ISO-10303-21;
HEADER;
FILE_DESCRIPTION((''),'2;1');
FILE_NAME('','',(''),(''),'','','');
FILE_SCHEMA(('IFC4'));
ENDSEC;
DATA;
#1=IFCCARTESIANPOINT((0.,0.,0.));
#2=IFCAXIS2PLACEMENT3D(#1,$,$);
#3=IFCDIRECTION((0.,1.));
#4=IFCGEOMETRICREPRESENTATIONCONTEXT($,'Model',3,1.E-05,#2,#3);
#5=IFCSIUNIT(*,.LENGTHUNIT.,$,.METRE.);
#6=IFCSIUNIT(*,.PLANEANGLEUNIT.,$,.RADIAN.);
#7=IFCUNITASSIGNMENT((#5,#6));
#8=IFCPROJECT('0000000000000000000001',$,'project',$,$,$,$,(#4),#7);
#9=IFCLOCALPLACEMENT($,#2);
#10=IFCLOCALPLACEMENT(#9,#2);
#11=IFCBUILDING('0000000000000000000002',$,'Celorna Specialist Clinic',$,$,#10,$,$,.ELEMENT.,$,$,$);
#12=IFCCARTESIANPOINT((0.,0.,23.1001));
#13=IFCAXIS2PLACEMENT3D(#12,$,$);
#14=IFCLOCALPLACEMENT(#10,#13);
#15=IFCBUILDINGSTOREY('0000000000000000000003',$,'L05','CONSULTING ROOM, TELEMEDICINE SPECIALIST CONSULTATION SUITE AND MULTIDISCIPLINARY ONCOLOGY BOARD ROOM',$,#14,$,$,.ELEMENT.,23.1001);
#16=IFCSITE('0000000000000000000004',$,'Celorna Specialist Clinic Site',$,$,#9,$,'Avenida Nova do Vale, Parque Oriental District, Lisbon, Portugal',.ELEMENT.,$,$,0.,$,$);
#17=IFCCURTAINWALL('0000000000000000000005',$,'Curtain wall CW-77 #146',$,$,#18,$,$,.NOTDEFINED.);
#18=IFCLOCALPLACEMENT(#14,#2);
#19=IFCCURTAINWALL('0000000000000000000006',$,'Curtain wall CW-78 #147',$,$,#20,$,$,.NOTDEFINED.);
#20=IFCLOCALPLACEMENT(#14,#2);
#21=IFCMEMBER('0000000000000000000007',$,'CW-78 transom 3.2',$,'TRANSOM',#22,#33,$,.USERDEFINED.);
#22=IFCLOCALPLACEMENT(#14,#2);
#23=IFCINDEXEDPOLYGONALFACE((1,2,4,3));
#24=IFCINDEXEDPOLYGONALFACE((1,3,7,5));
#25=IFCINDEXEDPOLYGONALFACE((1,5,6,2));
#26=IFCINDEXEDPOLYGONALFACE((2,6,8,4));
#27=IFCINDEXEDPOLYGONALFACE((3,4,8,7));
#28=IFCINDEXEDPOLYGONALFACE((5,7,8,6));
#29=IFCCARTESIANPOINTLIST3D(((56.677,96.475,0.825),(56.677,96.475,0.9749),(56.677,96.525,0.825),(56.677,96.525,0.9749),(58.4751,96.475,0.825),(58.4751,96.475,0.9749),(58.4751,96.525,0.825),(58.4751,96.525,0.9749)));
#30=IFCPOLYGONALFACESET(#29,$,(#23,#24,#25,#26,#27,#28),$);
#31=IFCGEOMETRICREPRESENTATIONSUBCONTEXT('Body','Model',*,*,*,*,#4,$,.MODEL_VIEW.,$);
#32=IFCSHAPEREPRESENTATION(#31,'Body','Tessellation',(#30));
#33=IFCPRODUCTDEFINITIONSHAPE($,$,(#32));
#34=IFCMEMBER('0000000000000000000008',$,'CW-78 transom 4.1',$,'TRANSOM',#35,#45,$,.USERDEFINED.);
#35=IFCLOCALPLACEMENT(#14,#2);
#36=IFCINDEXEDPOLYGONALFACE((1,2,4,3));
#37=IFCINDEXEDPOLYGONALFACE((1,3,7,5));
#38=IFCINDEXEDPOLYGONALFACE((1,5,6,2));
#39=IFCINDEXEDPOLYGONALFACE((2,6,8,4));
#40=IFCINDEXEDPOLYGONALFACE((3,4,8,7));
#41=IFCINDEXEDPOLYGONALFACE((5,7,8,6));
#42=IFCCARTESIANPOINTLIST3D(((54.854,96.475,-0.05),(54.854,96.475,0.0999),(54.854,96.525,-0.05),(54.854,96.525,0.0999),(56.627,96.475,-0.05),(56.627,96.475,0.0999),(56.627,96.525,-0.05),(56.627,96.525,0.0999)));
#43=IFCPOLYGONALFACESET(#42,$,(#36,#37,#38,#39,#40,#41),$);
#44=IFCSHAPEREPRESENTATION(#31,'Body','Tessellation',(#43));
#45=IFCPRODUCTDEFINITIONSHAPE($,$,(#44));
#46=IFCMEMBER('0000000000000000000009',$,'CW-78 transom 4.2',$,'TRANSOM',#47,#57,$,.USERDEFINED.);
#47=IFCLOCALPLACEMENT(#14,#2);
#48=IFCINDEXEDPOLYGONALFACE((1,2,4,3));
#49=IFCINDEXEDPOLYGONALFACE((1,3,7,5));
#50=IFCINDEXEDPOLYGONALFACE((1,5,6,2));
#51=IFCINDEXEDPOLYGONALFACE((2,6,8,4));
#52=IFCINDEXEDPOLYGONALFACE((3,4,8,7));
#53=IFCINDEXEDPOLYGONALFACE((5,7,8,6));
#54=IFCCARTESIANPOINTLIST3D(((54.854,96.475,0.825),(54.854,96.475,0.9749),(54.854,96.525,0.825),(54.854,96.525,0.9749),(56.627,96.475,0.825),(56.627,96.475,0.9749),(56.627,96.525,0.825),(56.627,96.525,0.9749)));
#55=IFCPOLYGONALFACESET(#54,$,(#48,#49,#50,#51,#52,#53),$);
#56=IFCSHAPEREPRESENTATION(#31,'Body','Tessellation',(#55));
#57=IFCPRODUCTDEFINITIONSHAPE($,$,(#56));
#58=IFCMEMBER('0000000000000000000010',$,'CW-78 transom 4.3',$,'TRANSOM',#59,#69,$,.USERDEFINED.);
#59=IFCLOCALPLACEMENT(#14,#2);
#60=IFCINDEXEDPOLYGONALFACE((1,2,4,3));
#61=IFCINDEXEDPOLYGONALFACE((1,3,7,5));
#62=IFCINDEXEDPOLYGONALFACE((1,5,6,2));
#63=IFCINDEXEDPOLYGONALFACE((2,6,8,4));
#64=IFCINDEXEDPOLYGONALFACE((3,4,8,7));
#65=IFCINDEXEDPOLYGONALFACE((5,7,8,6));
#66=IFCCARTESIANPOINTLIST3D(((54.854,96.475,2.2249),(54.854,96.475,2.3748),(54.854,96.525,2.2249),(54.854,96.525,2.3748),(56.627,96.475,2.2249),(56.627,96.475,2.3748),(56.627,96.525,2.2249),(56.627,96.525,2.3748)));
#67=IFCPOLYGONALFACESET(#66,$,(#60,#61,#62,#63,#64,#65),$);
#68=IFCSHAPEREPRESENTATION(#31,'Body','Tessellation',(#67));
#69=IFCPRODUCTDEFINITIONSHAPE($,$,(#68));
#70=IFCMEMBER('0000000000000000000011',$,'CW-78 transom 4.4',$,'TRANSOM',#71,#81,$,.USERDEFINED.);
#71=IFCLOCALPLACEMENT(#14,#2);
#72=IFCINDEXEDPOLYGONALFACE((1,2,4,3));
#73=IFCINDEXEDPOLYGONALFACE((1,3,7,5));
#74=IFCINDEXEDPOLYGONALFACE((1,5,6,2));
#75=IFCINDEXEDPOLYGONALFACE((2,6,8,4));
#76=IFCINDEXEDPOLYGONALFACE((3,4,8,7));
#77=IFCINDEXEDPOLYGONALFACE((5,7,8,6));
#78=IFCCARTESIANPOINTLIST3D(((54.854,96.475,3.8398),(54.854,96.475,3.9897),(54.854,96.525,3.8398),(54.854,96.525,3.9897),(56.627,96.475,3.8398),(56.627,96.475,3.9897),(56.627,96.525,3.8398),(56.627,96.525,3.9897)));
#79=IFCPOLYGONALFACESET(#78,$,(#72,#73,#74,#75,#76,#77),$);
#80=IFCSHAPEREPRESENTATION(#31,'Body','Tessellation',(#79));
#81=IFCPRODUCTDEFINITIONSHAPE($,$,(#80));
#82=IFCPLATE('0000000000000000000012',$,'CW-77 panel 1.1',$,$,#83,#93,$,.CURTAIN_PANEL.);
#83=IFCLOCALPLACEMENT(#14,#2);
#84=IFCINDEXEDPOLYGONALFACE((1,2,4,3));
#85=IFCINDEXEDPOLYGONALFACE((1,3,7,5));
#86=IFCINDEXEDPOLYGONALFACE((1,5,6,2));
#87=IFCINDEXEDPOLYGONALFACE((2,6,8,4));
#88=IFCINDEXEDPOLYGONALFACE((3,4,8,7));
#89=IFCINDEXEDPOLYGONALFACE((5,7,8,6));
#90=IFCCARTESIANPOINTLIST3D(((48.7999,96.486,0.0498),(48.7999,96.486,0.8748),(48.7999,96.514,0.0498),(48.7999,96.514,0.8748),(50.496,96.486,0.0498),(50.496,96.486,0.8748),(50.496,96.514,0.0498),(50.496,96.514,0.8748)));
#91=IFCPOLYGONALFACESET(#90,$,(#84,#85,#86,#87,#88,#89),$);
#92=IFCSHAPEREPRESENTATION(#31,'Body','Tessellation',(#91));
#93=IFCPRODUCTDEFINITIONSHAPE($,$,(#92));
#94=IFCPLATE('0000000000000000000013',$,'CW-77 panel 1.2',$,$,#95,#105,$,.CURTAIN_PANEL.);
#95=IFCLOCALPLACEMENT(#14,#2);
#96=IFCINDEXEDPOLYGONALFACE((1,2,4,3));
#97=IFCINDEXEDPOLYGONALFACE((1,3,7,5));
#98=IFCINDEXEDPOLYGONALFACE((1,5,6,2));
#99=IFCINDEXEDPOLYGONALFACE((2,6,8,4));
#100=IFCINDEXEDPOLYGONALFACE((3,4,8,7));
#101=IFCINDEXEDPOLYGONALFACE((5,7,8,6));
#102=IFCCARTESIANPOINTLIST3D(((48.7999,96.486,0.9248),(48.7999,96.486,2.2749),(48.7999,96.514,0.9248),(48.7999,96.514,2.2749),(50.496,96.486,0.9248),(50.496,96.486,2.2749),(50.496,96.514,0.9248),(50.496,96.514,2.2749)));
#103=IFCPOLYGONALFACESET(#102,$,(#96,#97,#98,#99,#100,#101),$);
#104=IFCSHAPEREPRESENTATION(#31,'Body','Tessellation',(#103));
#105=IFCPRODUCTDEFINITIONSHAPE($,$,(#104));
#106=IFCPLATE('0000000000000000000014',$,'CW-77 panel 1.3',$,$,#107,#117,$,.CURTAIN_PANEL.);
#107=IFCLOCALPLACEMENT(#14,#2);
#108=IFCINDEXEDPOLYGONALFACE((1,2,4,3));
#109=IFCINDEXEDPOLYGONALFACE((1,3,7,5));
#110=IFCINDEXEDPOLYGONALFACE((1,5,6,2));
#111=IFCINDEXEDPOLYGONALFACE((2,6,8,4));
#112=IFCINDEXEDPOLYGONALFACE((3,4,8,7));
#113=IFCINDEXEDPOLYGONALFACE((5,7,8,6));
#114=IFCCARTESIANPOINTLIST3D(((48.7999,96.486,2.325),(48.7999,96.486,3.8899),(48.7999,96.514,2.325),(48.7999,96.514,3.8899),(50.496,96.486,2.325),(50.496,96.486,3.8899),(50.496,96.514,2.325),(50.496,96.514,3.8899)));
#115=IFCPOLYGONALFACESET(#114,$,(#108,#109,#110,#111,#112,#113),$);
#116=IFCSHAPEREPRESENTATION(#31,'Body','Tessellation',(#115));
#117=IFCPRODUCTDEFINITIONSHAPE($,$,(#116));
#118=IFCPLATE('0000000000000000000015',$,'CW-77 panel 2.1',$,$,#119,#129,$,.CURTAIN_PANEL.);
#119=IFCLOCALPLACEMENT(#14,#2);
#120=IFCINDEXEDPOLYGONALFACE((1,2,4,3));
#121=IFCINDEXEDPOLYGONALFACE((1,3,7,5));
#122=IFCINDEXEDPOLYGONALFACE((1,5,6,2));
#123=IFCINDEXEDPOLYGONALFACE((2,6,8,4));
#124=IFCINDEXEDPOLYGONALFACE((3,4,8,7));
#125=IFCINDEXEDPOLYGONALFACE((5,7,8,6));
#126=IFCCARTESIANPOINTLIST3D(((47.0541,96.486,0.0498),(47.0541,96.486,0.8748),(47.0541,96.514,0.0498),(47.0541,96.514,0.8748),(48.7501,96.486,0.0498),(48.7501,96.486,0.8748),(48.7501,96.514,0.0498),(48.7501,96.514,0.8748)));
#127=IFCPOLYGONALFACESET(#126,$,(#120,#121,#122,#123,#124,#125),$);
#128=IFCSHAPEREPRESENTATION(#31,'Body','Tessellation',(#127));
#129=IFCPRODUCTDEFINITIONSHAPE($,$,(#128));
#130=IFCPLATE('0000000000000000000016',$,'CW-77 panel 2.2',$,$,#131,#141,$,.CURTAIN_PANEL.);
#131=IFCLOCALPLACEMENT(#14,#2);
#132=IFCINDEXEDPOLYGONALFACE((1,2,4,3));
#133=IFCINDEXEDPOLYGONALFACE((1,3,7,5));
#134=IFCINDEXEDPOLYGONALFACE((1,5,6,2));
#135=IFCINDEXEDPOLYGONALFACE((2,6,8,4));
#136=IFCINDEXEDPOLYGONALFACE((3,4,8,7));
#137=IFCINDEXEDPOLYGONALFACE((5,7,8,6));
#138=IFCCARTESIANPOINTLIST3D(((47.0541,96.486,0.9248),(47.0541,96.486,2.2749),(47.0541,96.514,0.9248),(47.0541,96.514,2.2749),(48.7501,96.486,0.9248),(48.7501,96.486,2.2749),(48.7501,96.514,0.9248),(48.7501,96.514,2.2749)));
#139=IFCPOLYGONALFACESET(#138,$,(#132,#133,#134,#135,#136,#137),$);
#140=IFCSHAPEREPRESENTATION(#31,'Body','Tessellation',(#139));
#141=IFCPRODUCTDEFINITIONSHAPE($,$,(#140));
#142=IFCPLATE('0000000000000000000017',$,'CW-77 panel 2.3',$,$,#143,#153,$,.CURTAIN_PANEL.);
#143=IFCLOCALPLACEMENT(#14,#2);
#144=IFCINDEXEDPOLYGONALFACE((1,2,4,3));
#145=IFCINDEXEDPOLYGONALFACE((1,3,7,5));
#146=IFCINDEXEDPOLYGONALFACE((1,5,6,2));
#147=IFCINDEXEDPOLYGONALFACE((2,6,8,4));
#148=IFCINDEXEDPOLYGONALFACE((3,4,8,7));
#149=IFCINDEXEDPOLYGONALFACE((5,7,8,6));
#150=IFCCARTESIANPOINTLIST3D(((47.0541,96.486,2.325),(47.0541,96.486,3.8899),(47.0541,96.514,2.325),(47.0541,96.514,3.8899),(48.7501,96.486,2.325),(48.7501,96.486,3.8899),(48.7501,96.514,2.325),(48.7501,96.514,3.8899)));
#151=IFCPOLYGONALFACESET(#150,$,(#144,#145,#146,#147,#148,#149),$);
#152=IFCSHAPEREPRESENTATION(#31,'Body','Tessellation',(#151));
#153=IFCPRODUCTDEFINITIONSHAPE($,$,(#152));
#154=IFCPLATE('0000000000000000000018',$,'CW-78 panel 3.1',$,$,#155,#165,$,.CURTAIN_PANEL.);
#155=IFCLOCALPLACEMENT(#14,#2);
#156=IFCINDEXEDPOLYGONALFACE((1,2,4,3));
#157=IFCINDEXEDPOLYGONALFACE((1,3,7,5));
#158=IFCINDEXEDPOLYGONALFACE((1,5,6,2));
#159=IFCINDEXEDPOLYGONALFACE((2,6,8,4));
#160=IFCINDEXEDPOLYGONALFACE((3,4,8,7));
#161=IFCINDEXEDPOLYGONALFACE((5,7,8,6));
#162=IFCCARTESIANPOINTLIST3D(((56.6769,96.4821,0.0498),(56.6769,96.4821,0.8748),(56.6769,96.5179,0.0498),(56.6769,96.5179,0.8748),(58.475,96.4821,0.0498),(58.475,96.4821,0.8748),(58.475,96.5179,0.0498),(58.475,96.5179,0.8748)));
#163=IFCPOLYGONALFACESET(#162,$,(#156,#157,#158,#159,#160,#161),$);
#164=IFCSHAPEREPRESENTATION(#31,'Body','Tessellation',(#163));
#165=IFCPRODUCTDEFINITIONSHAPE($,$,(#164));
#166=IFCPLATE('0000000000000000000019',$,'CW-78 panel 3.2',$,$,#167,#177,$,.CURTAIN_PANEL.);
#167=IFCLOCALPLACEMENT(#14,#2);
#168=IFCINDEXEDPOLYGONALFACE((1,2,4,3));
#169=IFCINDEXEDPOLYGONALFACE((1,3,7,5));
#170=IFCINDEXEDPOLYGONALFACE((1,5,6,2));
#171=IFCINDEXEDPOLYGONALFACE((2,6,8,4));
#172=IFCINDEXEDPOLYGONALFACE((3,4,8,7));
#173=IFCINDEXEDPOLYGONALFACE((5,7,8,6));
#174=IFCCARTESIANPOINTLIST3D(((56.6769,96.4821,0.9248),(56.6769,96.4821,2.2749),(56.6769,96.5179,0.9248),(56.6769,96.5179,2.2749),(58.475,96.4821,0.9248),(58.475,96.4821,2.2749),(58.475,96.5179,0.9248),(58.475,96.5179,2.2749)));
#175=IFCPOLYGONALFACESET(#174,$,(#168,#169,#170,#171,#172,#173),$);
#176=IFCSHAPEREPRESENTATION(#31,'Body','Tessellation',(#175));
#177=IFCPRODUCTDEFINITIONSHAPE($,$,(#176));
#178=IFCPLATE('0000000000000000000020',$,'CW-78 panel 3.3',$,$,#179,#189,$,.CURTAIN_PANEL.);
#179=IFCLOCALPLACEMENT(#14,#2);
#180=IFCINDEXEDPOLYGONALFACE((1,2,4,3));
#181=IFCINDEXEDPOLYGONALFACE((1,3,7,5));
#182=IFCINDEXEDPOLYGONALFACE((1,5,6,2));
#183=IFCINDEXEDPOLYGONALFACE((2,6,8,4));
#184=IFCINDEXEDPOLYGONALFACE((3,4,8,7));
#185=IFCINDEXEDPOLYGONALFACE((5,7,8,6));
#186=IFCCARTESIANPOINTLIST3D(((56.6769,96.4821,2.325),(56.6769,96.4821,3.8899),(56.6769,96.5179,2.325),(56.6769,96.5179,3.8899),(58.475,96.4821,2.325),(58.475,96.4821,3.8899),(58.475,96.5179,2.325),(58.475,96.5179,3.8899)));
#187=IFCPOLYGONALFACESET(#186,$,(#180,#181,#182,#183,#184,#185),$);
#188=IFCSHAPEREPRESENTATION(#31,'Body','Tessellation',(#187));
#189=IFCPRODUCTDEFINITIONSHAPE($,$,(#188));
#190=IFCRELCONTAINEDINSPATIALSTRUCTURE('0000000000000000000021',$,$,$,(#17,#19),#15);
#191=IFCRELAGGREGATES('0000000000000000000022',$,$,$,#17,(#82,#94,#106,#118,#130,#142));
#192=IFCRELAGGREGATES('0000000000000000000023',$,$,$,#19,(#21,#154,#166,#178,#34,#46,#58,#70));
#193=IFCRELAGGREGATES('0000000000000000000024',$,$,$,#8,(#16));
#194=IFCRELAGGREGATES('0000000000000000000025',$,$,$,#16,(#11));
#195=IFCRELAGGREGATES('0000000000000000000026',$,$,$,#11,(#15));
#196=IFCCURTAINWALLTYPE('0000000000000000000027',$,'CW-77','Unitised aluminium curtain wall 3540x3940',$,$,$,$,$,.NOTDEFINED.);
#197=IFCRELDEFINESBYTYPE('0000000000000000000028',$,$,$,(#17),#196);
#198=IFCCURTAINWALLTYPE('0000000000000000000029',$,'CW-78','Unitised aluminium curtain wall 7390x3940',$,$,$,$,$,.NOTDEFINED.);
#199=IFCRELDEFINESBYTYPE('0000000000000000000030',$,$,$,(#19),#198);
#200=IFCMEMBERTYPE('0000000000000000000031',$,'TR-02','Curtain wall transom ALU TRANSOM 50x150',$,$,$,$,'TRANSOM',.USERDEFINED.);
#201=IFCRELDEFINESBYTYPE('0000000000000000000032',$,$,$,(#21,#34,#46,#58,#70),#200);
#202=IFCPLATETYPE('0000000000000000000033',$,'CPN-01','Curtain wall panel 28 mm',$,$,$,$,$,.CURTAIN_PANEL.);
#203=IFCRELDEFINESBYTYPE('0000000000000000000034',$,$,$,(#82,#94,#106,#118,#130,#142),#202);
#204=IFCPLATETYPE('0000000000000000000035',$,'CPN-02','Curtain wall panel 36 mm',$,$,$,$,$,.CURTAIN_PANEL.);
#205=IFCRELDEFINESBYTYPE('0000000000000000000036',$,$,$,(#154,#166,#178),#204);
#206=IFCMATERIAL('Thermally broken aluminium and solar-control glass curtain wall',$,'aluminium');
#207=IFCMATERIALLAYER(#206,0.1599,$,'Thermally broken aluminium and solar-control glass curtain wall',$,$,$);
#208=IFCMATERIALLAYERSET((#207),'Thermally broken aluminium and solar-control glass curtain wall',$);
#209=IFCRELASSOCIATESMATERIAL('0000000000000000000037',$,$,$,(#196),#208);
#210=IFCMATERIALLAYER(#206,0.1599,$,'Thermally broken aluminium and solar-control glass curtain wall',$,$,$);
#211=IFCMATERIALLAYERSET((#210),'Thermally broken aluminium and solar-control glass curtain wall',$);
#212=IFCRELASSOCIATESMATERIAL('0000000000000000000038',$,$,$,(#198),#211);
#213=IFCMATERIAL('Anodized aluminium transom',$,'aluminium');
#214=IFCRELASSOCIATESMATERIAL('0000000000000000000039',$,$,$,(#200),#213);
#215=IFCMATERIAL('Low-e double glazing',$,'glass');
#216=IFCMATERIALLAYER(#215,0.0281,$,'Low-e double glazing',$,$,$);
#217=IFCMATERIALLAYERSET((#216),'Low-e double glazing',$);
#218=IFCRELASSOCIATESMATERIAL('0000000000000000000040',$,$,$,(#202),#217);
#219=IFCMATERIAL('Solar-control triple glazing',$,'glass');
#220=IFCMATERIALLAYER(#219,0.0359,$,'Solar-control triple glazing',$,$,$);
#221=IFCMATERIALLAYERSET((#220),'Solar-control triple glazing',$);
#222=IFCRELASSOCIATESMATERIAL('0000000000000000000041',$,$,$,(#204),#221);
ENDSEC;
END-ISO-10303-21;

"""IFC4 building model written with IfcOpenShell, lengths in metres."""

from ifc_helpers import new_model, si_unit, direction, frame, origin, origin_2d, place, context, subcontext, project, spatial, rectangle, extrude, material, layer, layer_set, material_profile, profile_set, type_object, element, aggregate, save


model = new_model("IFC4")

# Units and contexts
model_context = context("Model", 3, precision=1e-05, world=origin(), true_north=direction((0.0, 1.0)))
body_context = subcontext(model_context, "Body", "Model", "MODEL_VIEW")
ifc_project = project(units=[si_unit("LENGTHUNIT", "METRE"), si_unit("PLANEANGLEUNIT", "RADIAN")], contexts=[model_context])

# Site, building, storey
site_placement = place(None, origin())
site = spatial("IfcSite", under=ifc_project, at=site_placement, Name="Celorna Specialist Clinic Site", LongName="Avenida Nova do Vale, Parque Oriental District, Lisbon, Portugal", CompositionType="ELEMENT", RefElevation=0.0)
building_placement = place(site_placement, origin())
building = spatial("IfcBuilding", under=site, at=building_placement, Name="Celorna Specialist Clinic", CompositionType="ELEMENT")
storey_placement = place(building_placement, frame((0.0, 0.0, 23.1001)))
storey = spatial("IfcBuildingStorey", under=building, at=storey_placement, Name="L05", Description="CONSULTING ROOM, TELEMEDICINE SPECIALIST CONSULTATION SUITE AND MULTIDISCIPLINARY ONCOLOGY BOARD ROOM", CompositionType="ELEMENT", Elevation=23.1001)

# Curtain walls
ifc_material_1 = material(Name="Thermally broken aluminium and solar-control glass curtain wall", Category="aluminium")
ifc_layer_1 = layer(ifc_material_1, 0.1599, Name="Thermally broken aluminium and solar-control glass curtain wall")
ifc_layer_set_1 = layer_set([ifc_layer_1], Name="Thermally broken aluminium and solar-control glass curtain wall")
curtain_wall_type_1 = type_object("IfcCurtainWallType", Name="CW-77", Description="Unitised aluminium curtain wall 3540x3940", PredefinedType="NOTDEFINED", material=ifc_layer_set_1)
curtain_wall_1_placement = place(storey_placement, origin())
curtain_wall_1 = element("IfcCurtainWall", 1, at=curtain_wall_1_placement, inside=storey, type_object=curtain_wall_type_1, Name="Curtain wall CW-77 #146", PredefinedType="NOTDEFINED")
ifc_layer_2 = layer(ifc_material_1, 0.1599, Name="Thermally broken aluminium and solar-control glass curtain wall")
ifc_layer_set_2 = layer_set([ifc_layer_2], Name="Thermally broken aluminium and solar-control glass curtain wall")
curtain_wall_type_2 = type_object("IfcCurtainWallType", Name="CW-78", Description="Unitised aluminium curtain wall 7390x3940", PredefinedType="NOTDEFINED", material=ifc_layer_set_2)
curtain_wall_2_placement = place(storey_placement, origin())
curtain_wall_2 = element("IfcCurtainWall", 2, at=curtain_wall_2_placement, inside=storey, type_object=curtain_wall_type_2, Name="Curtain wall CW-78 #147", PredefinedType="NOTDEFINED")

# Members
ifc_material_2 = material(Name="Anodized aluminium transom", Category="aluminium")
ifc_material_profile_1 = material_profile(ifc_material_2, rectangle(XDim=0.05, YDim=0.1499, at=origin_2d()), Name="ALU TRANSOM 50x150")
ifc_profile_set_1 = profile_set([ifc_material_profile_1], Name="Anodized aluminium transom")
member_type_1 = type_object("IfcMemberType", Name="TR-02", Description="Curtain wall transom ALU TRANSOM 50x150", ElementType="TRANSOM", PredefinedType="USERDEFINED", material=ifc_profile_set_1)
member_1_placement = place(storey_placement, frame((58.4751, 96.5, 0.8999), z_axis=(-1.0, 0.0, 0.0), x_axis=(0.0, -1.0, 0.0)))
member_1 = element("IfcMember", 3, at=member_1_placement, type_object=member_type_1, Name="CW-78 transom 3.2", ObjectType="TRANSOM", PredefinedType="USERDEFINED", context=body_context, shape_type="SweptSolid", body=[
    extrude(rectangle(XDim=0.05, YDim=0.1499, at=origin_2d()), origin(), (0.0, 0.0, 1.0), 1.7981),
])
member_2_placement = place(storey_placement, frame((56.627, 96.5, 0.0249), z_axis=(-1.0, 0.0, 0.0), x_axis=(0.0, -1.0, 0.0)))
member_2 = element("IfcMember", 4, at=member_2_placement, type_object=member_type_1, Name="CW-78 transom 4.1", ObjectType="TRANSOM", PredefinedType="USERDEFINED", context=body_context, shape_type="SweptSolid", body=[
    extrude(rectangle(XDim=0.05, YDim=0.1499, at=origin_2d()), origin(), (0.0, 0.0, 1.0), 1.7729),
])
member_3_placement = place(storey_placement, frame((56.627, 96.5, 0.8999), z_axis=(-1.0, 0.0, 0.0), x_axis=(0.0, -1.0, 0.0)))
member_3 = element("IfcMember", 5, at=member_3_placement, type_object=member_type_1, Name="CW-78 transom 4.2", ObjectType="TRANSOM", PredefinedType="USERDEFINED", context=body_context, shape_type="SweptSolid", body=[
    extrude(rectangle(XDim=0.05, YDim=0.1499, at=origin_2d()), origin(), (0.0, 0.0, 1.0), 1.7729),
])
member_4_placement = place(storey_placement, frame((56.627, 96.5, 2.2998), z_axis=(-1.0, 0.0, 0.0), x_axis=(0.0, -1.0, 0.0)))
member_4 = element("IfcMember", 6, at=member_4_placement, type_object=member_type_1, Name="CW-78 transom 4.3", ObjectType="TRANSOM", PredefinedType="USERDEFINED", context=body_context, shape_type="SweptSolid", body=[
    extrude(rectangle(XDim=0.05, YDim=0.1499, at=origin_2d()), origin(), (0.0, 0.0, 1.0), 1.7729),
])
member_5_placement = place(storey_placement, frame((56.627, 96.5, 3.9148), z_axis=(-1.0, 0.0, 0.0), x_axis=(0.0, -1.0, 0.0)))
member_5 = element("IfcMember", 7, at=member_5_placement, type_object=member_type_1, Name="CW-78 transom 4.4", ObjectType="TRANSOM", PredefinedType="USERDEFINED", context=body_context, shape_type="SweptSolid", body=[
    extrude(rectangle(XDim=0.05, YDim=0.1499, at=origin_2d()), origin(), (0.0, 0.0, 1.0), 1.7729),
])

# Plates
ifc_material_3 = material(Name="Low-e double glazing", Category="glass")
ifc_layer_3 = layer(ifc_material_3, 0.0281, Name="Low-e double glazing")
ifc_layer_set_3 = layer_set([ifc_layer_3], Name="Low-e double glazing")
plate_type_1 = type_object("IfcPlateType", Name="CPN-01", Description="Curtain wall panel 28 mm", PredefinedType="CURTAIN_PANEL", material=ifc_layer_set_3)
plate_1_placement = place(storey_placement, frame((49.6479, 96.5, 0.0498), z_axis=(0.0, 0.0, 1.0), x_axis=(-1.0, 0.0, 0.0)))
plate_1 = element("IfcPlate", 8, at=plate_1_placement, type_object=plate_type_1, Name="CW-77 panel 1.1", PredefinedType="CURTAIN_PANEL", context=body_context, shape_type="SweptSolid", body=[
    extrude(rectangle(XDim=1.696, YDim=0.0281, at=origin_2d()), origin(), (0.0, 0.0, 1.0), 0.825),
])
plate_2_placement = place(storey_placement, frame((49.6479, 96.5, 0.9248), z_axis=(0.0, 0.0, 1.0), x_axis=(-1.0, 0.0, 0.0)))
plate_2 = element("IfcPlate", 9, at=plate_2_placement, type_object=plate_type_1, Name="CW-77 panel 1.2", PredefinedType="CURTAIN_PANEL", context=body_context, shape_type="SweptSolid", body=[
    extrude(rectangle(XDim=1.696, YDim=0.0281, at=origin_2d()), origin(), (0.0, 0.0, 1.0), 1.3501),
])
plate_3_placement = place(storey_placement, frame((49.6479, 96.5, 2.325), z_axis=(0.0, 0.0, 1.0), x_axis=(-1.0, 0.0, 0.0)))
plate_3 = element("IfcPlate", 10, at=plate_3_placement, type_object=plate_type_1, Name="CW-77 panel 1.3", PredefinedType="CURTAIN_PANEL", context=body_context, shape_type="SweptSolid", body=[
    extrude(rectangle(XDim=1.696, YDim=0.0281, at=origin_2d()), origin(), (0.0, 0.0, 1.0), 1.5649),
])
plate_4_placement = place(storey_placement, frame((47.9021, 96.5, 0.0498), z_axis=(0.0, 0.0, 1.0), x_axis=(-1.0, 0.0, 0.0)))
plate_4 = element("IfcPlate", 11, at=plate_4_placement, type_object=plate_type_1, Name="CW-77 panel 2.1", PredefinedType="CURTAIN_PANEL", context=body_context, shape_type="SweptSolid", body=[
    extrude(rectangle(XDim=1.696, YDim=0.0281, at=origin_2d()), origin(), (0.0, 0.0, 1.0), 0.825),
])
plate_5_placement = place(storey_placement, frame((47.9021, 96.5, 0.9248), z_axis=(0.0, 0.0, 1.0), x_axis=(-1.0, 0.0, 0.0)))
plate_5 = element("IfcPlate", 12, at=plate_5_placement, type_object=plate_type_1, Name="CW-77 panel 2.2", PredefinedType="CURTAIN_PANEL", context=body_context, shape_type="SweptSolid", body=[
    extrude(rectangle(XDim=1.696, YDim=0.0281, at=origin_2d()), origin(), (0.0, 0.0, 1.0), 1.3501),
])
plate_6_placement = place(storey_placement, frame((47.9021, 96.5, 2.325), z_axis=(0.0, 0.0, 1.0), x_axis=(-1.0, 0.0, 0.0)))
plate_6 = element("IfcPlate", 13, at=plate_6_placement, type_object=plate_type_1, Name="CW-77 panel 2.3", PredefinedType="CURTAIN_PANEL", context=body_context, shape_type="SweptSolid", body=[
    extrude(rectangle(XDim=1.696, YDim=0.0281, at=origin_2d()), origin(), (0.0, 0.0, 1.0), 1.5649),
])
aggregate(curtain_wall_1, [plate_1, plate_2, plate_3, plate_4, plate_5, plate_6])
ifc_material_4 = material(Name="Solar-control triple glazing", Category="glass")
ifc_layer_4 = layer(ifc_material_4, 0.0359, Name="Solar-control triple glazing")
ifc_layer_set_4 = layer_set([ifc_layer_4], Name="Solar-control triple glazing")
plate_type_2 = type_object("IfcPlateType", Name="CPN-02", Description="Curtain wall panel 36 mm", PredefinedType="CURTAIN_PANEL", material=ifc_layer_set_4)
plate_7_placement = place(storey_placement, frame((57.5759, 96.5, 0.0498), z_axis=(0.0, 0.0, 1.0), x_axis=(-1.0, 0.0, 0.0)))
plate_7 = element("IfcPlate", 14, at=plate_7_placement, type_object=plate_type_2, Name="CW-78 panel 3.1", PredefinedType="CURTAIN_PANEL", context=body_context, shape_type="SweptSolid", body=[
    extrude(rectangle(XDim=1.7981, YDim=0.0359, at=origin_2d()), origin(), (0.0, 0.0, 1.0), 0.825),
])
plate_8_placement = place(storey_placement, frame((57.5759, 96.5, 0.9248), z_axis=(0.0, 0.0, 1.0), x_axis=(-1.0, 0.0, 0.0)))
plate_8 = element("IfcPlate", 15, at=plate_8_placement, type_object=plate_type_2, Name="CW-78 panel 3.2", PredefinedType="CURTAIN_PANEL", context=body_context, shape_type="SweptSolid", body=[
    extrude(rectangle(XDim=1.7981, YDim=0.0359, at=origin_2d()), origin(), (0.0, 0.0, 1.0), 1.3501),
])
plate_9_placement = place(storey_placement, frame((57.5759, 96.5, 2.325), z_axis=(0.0, 0.0, 1.0), x_axis=(-1.0, 0.0, 0.0)))
plate_9 = element("IfcPlate", 16, at=plate_9_placement, type_object=plate_type_2, Name="CW-78 panel 3.3", PredefinedType="CURTAIN_PANEL", context=body_context, shape_type="SweptSolid", body=[
    extrude(rectangle(XDim=1.7981, YDim=0.0359, at=origin_2d()), origin(), (0.0, 0.0, 1.0), 1.5649),
])
aggregate(curtain_wall_2, [member_1, plate_7, plate_8, plate_9, member_2, member_3, member_4, member_5])

save(model, "model.ifc")
